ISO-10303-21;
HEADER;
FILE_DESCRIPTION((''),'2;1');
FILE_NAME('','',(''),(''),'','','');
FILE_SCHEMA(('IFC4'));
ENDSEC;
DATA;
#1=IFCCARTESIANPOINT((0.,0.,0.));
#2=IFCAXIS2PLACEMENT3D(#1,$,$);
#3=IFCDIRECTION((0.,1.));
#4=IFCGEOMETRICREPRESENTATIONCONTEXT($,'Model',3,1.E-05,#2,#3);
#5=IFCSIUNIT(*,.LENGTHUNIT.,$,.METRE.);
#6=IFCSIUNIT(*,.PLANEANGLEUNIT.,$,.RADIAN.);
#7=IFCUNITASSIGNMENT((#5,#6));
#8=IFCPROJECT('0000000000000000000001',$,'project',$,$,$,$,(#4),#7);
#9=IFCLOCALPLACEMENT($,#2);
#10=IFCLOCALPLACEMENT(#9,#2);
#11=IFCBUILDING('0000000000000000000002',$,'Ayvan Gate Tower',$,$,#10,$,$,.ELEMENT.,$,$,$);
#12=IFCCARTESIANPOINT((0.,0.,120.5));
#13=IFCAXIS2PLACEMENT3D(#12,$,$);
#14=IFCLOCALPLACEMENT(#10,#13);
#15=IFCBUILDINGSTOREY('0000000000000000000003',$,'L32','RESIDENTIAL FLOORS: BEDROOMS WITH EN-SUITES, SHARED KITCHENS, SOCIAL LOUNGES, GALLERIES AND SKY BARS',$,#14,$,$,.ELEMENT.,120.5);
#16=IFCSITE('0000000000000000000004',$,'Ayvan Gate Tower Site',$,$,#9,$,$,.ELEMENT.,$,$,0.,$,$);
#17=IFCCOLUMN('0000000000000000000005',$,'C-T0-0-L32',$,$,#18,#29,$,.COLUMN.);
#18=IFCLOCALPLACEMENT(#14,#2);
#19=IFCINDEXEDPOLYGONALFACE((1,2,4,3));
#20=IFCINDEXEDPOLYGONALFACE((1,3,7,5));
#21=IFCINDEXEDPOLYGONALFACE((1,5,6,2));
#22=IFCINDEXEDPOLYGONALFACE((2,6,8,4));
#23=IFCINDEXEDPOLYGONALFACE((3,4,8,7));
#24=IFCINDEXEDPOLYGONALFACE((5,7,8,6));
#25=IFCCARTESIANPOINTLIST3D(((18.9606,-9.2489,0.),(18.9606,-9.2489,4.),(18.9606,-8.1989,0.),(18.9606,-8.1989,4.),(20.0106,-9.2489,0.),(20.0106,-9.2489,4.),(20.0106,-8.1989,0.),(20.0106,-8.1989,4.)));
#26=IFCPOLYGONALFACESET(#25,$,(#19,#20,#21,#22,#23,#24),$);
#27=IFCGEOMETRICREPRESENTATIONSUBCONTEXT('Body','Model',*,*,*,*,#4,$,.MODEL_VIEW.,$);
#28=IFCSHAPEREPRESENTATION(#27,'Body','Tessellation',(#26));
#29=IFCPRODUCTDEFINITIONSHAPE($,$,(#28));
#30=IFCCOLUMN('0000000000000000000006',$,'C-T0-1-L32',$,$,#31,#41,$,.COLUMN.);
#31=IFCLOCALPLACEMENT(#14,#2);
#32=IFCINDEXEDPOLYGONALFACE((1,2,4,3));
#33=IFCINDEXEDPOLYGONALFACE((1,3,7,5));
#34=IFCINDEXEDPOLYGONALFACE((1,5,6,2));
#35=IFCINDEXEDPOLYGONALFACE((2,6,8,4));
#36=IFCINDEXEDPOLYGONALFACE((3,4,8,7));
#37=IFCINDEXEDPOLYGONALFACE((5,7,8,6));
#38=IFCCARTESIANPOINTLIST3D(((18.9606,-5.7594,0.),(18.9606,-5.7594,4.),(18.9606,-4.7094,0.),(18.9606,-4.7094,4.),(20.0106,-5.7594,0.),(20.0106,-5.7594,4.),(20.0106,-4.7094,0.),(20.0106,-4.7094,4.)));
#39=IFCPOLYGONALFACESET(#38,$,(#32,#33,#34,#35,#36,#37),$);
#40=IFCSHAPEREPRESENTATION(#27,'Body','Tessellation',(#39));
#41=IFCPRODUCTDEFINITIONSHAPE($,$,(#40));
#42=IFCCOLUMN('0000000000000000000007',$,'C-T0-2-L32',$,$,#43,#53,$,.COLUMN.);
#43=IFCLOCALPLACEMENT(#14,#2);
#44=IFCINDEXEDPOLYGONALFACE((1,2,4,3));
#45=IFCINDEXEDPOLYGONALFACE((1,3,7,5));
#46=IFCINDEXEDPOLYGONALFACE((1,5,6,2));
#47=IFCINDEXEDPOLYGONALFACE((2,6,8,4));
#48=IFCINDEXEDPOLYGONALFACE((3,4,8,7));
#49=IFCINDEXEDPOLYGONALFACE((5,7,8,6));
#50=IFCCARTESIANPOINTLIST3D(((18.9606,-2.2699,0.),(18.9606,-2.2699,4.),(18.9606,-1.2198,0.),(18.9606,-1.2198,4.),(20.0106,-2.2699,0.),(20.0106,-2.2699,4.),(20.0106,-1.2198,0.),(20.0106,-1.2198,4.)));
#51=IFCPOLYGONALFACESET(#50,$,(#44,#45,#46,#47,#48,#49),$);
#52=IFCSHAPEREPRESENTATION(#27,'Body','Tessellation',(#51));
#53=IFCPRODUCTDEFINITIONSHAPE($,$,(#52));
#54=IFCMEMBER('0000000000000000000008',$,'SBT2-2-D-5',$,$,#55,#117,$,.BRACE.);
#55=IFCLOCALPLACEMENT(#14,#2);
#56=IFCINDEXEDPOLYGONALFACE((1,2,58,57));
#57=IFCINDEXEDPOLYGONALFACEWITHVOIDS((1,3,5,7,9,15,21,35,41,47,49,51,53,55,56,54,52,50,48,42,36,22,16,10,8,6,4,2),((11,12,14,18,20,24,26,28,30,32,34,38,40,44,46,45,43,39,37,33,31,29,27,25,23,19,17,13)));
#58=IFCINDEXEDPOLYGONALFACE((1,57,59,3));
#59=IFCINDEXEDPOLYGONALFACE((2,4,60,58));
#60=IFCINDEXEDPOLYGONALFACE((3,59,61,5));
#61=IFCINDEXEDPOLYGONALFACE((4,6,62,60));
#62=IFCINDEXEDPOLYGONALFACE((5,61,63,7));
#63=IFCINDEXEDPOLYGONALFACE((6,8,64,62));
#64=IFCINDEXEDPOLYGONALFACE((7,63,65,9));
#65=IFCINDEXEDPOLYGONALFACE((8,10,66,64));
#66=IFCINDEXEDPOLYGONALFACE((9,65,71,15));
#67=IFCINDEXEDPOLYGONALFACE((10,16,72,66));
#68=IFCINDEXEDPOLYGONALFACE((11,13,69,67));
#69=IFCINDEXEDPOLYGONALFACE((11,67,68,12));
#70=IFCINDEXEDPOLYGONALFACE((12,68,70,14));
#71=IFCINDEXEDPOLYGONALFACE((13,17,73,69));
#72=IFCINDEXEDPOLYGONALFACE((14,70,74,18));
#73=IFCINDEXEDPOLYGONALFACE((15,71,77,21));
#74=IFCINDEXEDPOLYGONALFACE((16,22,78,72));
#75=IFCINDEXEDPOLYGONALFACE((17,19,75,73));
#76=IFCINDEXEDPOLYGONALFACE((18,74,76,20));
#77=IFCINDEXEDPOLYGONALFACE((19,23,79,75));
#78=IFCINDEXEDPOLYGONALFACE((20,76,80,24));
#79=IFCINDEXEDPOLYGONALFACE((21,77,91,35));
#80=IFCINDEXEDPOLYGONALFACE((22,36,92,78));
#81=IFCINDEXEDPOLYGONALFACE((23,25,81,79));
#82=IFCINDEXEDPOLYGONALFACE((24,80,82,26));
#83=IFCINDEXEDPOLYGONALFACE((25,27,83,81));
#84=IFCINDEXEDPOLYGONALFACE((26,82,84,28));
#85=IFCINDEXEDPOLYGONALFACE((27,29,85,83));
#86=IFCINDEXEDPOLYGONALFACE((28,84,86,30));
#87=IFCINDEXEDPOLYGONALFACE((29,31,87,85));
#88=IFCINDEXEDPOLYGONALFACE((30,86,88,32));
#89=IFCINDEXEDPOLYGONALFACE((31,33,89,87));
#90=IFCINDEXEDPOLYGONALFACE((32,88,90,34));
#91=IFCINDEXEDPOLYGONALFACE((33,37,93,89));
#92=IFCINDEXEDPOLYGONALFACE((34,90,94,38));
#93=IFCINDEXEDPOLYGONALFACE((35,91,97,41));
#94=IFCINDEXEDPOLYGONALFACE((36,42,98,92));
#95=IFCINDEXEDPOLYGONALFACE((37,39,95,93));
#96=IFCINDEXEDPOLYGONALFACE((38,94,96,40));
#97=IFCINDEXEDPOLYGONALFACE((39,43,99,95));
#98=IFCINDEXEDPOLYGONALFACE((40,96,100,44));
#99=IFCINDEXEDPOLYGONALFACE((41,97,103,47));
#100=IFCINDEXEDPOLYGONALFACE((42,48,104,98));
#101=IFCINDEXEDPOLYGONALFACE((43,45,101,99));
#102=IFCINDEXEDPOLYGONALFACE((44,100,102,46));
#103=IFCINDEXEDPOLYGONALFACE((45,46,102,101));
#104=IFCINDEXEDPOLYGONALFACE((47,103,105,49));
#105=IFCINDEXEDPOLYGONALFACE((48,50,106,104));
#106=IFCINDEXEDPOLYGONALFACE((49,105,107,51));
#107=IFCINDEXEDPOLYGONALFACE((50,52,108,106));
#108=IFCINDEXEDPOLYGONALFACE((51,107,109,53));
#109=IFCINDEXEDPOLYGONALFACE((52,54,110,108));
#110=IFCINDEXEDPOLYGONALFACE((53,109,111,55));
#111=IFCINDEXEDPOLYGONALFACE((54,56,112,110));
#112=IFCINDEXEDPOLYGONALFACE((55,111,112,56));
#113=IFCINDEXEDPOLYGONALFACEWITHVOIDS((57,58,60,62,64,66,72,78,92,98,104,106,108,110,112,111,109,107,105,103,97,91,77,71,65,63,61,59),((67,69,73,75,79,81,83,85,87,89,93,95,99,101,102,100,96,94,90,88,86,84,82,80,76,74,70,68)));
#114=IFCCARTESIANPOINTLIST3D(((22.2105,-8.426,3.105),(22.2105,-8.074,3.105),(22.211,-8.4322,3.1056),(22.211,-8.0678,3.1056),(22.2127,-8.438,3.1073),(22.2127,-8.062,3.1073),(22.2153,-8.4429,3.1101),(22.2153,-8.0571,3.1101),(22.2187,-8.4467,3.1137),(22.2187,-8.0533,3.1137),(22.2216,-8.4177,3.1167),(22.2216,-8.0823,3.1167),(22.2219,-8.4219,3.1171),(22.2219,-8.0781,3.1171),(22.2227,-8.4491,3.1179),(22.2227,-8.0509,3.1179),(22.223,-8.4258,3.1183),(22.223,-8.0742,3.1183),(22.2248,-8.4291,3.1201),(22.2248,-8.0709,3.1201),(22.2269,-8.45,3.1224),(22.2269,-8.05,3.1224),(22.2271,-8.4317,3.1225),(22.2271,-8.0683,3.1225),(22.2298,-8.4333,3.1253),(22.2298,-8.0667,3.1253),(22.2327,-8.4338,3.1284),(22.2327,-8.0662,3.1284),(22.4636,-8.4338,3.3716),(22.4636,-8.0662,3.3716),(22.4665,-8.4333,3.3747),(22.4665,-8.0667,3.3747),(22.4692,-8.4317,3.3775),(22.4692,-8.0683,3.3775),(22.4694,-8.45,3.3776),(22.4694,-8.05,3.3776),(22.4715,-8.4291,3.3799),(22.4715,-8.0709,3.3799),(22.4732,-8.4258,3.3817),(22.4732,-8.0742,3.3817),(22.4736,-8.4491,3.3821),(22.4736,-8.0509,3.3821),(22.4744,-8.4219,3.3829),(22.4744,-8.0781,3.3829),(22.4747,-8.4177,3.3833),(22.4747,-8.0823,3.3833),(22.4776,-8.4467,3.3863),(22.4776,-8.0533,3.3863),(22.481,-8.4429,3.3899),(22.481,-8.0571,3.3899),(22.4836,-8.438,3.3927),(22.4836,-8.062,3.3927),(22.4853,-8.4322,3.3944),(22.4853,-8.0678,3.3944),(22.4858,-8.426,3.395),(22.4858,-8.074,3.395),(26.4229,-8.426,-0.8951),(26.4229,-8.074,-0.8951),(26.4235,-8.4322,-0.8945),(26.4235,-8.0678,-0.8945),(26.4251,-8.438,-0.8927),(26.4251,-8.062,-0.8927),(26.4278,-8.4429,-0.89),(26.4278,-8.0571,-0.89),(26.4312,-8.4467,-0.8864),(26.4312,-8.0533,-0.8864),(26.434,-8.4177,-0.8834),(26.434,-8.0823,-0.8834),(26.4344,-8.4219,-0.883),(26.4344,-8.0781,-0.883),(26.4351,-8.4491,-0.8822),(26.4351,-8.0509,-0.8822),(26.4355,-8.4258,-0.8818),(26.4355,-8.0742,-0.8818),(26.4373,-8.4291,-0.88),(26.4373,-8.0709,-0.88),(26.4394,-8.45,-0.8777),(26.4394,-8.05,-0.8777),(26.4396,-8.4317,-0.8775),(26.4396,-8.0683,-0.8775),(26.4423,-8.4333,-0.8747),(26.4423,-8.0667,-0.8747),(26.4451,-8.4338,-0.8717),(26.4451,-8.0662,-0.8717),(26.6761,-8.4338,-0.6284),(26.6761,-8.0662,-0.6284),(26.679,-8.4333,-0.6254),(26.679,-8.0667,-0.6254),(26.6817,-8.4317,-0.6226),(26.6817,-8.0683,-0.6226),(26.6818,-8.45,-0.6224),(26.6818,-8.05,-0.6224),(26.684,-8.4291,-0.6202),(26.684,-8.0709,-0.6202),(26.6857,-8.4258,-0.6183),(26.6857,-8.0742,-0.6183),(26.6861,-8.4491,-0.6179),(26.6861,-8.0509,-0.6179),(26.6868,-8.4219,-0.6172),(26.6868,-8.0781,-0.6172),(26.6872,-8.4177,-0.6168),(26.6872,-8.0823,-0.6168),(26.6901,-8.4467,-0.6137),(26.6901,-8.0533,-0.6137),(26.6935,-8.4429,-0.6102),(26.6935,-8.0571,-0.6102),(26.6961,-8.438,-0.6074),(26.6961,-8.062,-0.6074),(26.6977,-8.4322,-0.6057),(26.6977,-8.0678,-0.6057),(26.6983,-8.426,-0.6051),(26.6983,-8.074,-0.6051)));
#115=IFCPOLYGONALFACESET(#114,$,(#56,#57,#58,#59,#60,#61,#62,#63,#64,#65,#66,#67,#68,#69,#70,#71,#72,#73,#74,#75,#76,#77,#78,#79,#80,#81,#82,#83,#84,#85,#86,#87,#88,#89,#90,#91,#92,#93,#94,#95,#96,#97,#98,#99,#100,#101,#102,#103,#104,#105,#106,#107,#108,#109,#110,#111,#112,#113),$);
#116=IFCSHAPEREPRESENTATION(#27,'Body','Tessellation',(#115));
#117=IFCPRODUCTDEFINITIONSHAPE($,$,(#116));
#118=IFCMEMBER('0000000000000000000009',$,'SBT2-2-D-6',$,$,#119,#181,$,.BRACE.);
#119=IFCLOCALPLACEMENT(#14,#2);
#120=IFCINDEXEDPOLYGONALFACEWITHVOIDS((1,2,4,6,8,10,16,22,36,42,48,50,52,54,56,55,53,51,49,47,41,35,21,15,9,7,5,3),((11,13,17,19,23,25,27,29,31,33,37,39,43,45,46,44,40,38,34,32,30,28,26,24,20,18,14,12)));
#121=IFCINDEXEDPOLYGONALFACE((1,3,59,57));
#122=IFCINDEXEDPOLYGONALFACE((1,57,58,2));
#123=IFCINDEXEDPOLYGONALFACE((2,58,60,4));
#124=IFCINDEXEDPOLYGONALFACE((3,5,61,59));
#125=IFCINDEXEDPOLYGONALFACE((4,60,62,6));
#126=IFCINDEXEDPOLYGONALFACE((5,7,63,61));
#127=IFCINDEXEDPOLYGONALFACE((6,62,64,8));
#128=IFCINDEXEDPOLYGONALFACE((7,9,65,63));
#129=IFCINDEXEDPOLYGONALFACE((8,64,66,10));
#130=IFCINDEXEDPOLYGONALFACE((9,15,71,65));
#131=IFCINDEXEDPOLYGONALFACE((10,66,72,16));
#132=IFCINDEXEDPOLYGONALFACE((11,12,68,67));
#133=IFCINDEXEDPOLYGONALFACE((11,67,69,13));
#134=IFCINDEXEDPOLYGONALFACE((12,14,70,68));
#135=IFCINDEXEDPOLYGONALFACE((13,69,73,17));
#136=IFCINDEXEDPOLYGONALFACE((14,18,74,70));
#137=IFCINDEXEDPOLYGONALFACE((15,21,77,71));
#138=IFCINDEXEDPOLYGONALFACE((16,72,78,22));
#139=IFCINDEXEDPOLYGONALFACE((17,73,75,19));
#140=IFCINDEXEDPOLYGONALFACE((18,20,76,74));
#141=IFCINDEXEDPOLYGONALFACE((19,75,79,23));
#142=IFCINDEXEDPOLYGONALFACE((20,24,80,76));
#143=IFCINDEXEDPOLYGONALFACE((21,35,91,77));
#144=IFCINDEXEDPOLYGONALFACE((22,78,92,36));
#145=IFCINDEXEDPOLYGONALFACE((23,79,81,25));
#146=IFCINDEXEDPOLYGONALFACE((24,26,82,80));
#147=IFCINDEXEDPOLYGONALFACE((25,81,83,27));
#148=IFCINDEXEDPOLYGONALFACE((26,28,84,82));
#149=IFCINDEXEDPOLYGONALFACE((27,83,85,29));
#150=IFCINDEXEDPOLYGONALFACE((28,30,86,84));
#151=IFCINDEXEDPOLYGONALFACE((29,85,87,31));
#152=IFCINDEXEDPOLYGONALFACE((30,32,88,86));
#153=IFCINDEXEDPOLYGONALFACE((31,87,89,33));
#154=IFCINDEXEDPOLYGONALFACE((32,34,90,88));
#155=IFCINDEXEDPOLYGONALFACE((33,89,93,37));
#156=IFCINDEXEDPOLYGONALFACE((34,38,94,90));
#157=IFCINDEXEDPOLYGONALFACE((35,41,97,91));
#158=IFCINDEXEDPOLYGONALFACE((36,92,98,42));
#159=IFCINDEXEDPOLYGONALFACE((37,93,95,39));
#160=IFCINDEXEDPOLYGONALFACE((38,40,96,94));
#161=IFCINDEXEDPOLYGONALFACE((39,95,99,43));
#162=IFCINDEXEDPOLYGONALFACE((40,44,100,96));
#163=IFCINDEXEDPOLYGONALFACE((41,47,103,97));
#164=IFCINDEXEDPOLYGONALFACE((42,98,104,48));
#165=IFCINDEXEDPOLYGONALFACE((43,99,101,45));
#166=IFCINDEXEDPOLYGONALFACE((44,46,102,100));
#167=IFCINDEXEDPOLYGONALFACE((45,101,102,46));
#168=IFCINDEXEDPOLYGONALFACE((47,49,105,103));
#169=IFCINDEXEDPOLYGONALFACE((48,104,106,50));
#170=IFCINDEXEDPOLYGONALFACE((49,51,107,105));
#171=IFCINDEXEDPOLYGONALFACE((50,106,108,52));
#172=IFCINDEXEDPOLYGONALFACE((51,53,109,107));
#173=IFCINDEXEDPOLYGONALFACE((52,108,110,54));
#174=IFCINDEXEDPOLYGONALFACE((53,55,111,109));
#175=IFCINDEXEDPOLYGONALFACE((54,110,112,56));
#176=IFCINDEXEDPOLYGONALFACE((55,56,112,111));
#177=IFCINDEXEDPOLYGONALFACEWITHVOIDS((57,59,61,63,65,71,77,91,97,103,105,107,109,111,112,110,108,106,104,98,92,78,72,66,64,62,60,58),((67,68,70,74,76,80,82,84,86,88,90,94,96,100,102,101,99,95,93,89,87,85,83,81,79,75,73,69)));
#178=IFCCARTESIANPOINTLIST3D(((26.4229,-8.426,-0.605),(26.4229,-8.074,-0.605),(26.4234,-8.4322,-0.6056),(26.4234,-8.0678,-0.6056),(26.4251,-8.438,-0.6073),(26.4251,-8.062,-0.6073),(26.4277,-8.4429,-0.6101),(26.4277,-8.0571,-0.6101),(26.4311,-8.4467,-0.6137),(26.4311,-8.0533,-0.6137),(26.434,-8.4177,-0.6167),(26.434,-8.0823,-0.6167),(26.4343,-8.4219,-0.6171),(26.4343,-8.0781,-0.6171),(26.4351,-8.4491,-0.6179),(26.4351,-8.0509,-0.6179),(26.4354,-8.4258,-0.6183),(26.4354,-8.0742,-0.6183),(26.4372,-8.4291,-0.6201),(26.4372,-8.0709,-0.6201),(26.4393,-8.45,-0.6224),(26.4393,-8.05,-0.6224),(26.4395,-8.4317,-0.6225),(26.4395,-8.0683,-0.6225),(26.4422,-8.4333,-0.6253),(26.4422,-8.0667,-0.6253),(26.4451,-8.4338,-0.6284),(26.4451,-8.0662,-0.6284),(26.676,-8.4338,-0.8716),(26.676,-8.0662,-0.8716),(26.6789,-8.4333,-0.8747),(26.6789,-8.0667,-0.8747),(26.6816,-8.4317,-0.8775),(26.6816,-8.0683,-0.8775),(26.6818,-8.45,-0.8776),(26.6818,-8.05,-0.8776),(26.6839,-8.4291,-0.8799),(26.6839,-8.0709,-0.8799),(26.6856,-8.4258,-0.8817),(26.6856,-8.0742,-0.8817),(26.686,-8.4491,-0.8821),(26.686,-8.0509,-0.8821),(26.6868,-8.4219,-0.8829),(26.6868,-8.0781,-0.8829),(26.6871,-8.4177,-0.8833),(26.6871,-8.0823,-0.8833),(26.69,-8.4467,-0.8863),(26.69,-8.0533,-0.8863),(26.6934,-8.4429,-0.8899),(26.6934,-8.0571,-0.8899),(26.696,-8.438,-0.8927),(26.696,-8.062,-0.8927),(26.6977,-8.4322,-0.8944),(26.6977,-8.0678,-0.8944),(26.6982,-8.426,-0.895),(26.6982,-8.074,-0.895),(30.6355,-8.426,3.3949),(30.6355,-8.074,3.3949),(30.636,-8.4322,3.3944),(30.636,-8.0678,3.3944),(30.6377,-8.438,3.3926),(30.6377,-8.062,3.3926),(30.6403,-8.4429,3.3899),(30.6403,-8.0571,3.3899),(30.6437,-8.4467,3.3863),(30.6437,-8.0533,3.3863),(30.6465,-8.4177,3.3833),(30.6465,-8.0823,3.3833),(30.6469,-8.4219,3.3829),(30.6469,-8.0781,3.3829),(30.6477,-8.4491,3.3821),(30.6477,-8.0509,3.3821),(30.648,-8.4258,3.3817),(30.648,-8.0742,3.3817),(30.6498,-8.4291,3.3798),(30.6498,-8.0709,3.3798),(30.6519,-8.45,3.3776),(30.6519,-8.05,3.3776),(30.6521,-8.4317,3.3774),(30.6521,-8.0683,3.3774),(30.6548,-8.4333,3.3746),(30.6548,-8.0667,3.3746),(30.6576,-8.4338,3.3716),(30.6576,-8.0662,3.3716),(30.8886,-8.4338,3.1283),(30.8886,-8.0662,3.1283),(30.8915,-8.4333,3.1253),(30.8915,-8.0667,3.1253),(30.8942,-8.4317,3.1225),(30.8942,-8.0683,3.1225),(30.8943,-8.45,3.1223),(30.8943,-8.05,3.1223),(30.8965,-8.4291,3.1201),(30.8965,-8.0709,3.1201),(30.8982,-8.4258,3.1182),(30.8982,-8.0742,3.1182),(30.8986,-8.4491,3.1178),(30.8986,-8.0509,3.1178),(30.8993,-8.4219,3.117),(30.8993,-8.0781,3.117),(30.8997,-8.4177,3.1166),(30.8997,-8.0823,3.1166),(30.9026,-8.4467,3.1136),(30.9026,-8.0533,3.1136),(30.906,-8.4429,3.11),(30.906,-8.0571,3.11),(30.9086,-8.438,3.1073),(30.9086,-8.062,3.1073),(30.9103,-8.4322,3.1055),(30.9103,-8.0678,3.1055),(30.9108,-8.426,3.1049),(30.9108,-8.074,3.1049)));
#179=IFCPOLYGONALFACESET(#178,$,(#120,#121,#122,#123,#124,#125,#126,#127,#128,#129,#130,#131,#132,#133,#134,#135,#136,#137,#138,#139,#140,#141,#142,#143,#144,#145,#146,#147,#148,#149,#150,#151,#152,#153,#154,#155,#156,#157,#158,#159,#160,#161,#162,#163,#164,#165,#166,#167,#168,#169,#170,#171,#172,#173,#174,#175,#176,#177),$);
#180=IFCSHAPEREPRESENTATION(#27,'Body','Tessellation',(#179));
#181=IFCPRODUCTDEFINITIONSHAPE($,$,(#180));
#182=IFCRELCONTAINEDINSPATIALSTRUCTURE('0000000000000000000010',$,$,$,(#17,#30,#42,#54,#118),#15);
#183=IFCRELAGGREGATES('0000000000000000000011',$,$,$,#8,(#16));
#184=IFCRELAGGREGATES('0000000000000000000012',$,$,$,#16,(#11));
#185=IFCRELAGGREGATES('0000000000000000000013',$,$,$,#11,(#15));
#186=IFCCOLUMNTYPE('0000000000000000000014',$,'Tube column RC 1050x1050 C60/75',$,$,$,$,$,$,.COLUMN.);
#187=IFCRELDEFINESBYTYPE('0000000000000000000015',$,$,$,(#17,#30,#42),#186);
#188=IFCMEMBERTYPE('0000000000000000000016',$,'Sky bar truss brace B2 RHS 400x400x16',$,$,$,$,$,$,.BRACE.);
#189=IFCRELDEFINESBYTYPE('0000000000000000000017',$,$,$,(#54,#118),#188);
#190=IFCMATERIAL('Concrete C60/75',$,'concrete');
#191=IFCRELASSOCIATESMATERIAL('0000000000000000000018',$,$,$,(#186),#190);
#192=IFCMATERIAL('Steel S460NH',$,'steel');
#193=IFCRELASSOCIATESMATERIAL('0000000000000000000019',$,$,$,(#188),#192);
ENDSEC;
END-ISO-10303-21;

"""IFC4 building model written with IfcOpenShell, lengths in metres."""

from ifc_helpers import new_model, si_unit, direction, frame, origin, origin_2d, place, context, subcontext, project, spatial, rectangle, hollow_rectangle, extrude, material, material_profile, profile_set, type_object, element, save


model = new_model("IFC4")

# Units and contexts
model_context = context("Model", 3, precision=1e-05, world=origin(), true_north=direction((0.0, 1.0)))
body_context = subcontext(model_context, "Body", "Model", "MODEL_VIEW")
ifc_project = project(units=[si_unit("LENGTHUNIT", "METRE"), si_unit("PLANEANGLEUNIT", "RADIAN")], contexts=[model_context])

# Site, building, storey
site_placement = place(None, origin())
site = spatial("IfcSite", under=ifc_project, at=site_placement, Name="Ayvan Gate Tower Site", CompositionType="ELEMENT", RefElevation=0.0)
building_placement = place(site_placement, origin())
building = spatial("IfcBuilding", under=site, at=building_placement, Name="Ayvan Gate Tower", CompositionType="ELEMENT")
storey_placement = place(building_placement, frame((0.0, 0.0, 120.5)))
storey = spatial("IfcBuildingStorey", under=building, at=storey_placement, Name="L32", Description="RESIDENTIAL FLOORS: BEDROOMS WITH EN-SUITES, SHARED KITCHENS, SOCIAL LOUNGES, GALLERIES AND SKY BARS", CompositionType="ELEMENT", Elevation=120.5)

# Columns
ifc_material_1 = material(Name="Concrete C60/75", Category="concrete")
ifc_material_profile_1 = material_profile(ifc_material_1, rectangle(XDim=1.05, YDim=1.05, at=origin_2d()), Name="RC 1050x1050")
ifc_profile_set_1 = profile_set([ifc_material_profile_1], Name="Concrete C60/75")
column_type = type_object("IfcColumnType", Name="Tube column RC 1050x1050 C60/75", PredefinedType="COLUMN", material=ifc_profile_set_1)
for number, where, z_axis, x_axis, name in (
    (1, (19.4856, -8.7239, 0.0), (0.0, 0.0, 1.0), (1.0, 0.0, 0.0), "C-T0-0-L32"),
    (2, (19.4856, -5.2344, 0.0), (0.0, 0.0, 1.0), (1.0, 0.0, 0.0), "C-T0-1-L32"),
    (3, (19.4856, -1.7449, 0.0), (0.0, 0.0, 1.0), (1.0, 0.0, 0.0), "C-T0-2-L32"),
):
    element("IfcColumn", number, at=place(storey_placement, frame(where, z_axis=z_axis, x_axis=x_axis)), inside=storey, type_object=column_type, Name=name, PredefinedType="COLUMN", context=body_context, shape_type="SweptSolid", body=[
        extrude(rectangle(XDim=1.05, YDim=1.05, at=origin_2d()), origin(), (0.0, 0.0, 1.0), 4.0),
    ])

# Members
ifc_material_2 = material(Name="Steel S460NH", Category="steel")
ifc_material_profile_2 = material_profile(ifc_material_2, hollow_rectangle(XDim=0.3999, YDim=0.3999, WallThickness=0.0161, InnerFilletRadius=0.0161, OuterFilletRadius=0.0239, at=origin_2d()), Name="RHS 400x400x16")
ifc_profile_set_2 = profile_set([ifc_material_profile_2], Name="Steel S460NH")
member_type_1 = type_object("IfcMemberType", Name="Sky bar truss brace B2 RHS 400x400x16", PredefinedType="BRACE", material=ifc_profile_set_2)
for number, where, z_axis, x_axis, name in (
    (4, (22.3481, -8.25, 3.25), (0.725153, 0.0, -0.688588), (0.0, 1.0, 0.0), "SBT2-2-D-5"),
    (5, (26.5605, -8.25, -0.75), (0.725173, 0.0, 0.688567), (0.0, 1.0, 0.0), "SBT2-2-D-6"),
):
    element("IfcMember", number, at=place(storey_placement, frame(where, z_axis=z_axis, x_axis=x_axis)), inside=storey, type_object=member_type_1, Name=name, PredefinedType="BRACE", context=body_context, shape_type="SweptSolid", body=[
        extrude(hollow_rectangle(XDim=0.3999, YDim=0.3999, WallThickness=0.0161, InnerFilletRadius=0.0161, OuterFilletRadius=0.0239, at=origin_2d()), origin(), (0.0, 0.0, 1.0), 5.8091),
    ])

save(model, "model.ifc")
